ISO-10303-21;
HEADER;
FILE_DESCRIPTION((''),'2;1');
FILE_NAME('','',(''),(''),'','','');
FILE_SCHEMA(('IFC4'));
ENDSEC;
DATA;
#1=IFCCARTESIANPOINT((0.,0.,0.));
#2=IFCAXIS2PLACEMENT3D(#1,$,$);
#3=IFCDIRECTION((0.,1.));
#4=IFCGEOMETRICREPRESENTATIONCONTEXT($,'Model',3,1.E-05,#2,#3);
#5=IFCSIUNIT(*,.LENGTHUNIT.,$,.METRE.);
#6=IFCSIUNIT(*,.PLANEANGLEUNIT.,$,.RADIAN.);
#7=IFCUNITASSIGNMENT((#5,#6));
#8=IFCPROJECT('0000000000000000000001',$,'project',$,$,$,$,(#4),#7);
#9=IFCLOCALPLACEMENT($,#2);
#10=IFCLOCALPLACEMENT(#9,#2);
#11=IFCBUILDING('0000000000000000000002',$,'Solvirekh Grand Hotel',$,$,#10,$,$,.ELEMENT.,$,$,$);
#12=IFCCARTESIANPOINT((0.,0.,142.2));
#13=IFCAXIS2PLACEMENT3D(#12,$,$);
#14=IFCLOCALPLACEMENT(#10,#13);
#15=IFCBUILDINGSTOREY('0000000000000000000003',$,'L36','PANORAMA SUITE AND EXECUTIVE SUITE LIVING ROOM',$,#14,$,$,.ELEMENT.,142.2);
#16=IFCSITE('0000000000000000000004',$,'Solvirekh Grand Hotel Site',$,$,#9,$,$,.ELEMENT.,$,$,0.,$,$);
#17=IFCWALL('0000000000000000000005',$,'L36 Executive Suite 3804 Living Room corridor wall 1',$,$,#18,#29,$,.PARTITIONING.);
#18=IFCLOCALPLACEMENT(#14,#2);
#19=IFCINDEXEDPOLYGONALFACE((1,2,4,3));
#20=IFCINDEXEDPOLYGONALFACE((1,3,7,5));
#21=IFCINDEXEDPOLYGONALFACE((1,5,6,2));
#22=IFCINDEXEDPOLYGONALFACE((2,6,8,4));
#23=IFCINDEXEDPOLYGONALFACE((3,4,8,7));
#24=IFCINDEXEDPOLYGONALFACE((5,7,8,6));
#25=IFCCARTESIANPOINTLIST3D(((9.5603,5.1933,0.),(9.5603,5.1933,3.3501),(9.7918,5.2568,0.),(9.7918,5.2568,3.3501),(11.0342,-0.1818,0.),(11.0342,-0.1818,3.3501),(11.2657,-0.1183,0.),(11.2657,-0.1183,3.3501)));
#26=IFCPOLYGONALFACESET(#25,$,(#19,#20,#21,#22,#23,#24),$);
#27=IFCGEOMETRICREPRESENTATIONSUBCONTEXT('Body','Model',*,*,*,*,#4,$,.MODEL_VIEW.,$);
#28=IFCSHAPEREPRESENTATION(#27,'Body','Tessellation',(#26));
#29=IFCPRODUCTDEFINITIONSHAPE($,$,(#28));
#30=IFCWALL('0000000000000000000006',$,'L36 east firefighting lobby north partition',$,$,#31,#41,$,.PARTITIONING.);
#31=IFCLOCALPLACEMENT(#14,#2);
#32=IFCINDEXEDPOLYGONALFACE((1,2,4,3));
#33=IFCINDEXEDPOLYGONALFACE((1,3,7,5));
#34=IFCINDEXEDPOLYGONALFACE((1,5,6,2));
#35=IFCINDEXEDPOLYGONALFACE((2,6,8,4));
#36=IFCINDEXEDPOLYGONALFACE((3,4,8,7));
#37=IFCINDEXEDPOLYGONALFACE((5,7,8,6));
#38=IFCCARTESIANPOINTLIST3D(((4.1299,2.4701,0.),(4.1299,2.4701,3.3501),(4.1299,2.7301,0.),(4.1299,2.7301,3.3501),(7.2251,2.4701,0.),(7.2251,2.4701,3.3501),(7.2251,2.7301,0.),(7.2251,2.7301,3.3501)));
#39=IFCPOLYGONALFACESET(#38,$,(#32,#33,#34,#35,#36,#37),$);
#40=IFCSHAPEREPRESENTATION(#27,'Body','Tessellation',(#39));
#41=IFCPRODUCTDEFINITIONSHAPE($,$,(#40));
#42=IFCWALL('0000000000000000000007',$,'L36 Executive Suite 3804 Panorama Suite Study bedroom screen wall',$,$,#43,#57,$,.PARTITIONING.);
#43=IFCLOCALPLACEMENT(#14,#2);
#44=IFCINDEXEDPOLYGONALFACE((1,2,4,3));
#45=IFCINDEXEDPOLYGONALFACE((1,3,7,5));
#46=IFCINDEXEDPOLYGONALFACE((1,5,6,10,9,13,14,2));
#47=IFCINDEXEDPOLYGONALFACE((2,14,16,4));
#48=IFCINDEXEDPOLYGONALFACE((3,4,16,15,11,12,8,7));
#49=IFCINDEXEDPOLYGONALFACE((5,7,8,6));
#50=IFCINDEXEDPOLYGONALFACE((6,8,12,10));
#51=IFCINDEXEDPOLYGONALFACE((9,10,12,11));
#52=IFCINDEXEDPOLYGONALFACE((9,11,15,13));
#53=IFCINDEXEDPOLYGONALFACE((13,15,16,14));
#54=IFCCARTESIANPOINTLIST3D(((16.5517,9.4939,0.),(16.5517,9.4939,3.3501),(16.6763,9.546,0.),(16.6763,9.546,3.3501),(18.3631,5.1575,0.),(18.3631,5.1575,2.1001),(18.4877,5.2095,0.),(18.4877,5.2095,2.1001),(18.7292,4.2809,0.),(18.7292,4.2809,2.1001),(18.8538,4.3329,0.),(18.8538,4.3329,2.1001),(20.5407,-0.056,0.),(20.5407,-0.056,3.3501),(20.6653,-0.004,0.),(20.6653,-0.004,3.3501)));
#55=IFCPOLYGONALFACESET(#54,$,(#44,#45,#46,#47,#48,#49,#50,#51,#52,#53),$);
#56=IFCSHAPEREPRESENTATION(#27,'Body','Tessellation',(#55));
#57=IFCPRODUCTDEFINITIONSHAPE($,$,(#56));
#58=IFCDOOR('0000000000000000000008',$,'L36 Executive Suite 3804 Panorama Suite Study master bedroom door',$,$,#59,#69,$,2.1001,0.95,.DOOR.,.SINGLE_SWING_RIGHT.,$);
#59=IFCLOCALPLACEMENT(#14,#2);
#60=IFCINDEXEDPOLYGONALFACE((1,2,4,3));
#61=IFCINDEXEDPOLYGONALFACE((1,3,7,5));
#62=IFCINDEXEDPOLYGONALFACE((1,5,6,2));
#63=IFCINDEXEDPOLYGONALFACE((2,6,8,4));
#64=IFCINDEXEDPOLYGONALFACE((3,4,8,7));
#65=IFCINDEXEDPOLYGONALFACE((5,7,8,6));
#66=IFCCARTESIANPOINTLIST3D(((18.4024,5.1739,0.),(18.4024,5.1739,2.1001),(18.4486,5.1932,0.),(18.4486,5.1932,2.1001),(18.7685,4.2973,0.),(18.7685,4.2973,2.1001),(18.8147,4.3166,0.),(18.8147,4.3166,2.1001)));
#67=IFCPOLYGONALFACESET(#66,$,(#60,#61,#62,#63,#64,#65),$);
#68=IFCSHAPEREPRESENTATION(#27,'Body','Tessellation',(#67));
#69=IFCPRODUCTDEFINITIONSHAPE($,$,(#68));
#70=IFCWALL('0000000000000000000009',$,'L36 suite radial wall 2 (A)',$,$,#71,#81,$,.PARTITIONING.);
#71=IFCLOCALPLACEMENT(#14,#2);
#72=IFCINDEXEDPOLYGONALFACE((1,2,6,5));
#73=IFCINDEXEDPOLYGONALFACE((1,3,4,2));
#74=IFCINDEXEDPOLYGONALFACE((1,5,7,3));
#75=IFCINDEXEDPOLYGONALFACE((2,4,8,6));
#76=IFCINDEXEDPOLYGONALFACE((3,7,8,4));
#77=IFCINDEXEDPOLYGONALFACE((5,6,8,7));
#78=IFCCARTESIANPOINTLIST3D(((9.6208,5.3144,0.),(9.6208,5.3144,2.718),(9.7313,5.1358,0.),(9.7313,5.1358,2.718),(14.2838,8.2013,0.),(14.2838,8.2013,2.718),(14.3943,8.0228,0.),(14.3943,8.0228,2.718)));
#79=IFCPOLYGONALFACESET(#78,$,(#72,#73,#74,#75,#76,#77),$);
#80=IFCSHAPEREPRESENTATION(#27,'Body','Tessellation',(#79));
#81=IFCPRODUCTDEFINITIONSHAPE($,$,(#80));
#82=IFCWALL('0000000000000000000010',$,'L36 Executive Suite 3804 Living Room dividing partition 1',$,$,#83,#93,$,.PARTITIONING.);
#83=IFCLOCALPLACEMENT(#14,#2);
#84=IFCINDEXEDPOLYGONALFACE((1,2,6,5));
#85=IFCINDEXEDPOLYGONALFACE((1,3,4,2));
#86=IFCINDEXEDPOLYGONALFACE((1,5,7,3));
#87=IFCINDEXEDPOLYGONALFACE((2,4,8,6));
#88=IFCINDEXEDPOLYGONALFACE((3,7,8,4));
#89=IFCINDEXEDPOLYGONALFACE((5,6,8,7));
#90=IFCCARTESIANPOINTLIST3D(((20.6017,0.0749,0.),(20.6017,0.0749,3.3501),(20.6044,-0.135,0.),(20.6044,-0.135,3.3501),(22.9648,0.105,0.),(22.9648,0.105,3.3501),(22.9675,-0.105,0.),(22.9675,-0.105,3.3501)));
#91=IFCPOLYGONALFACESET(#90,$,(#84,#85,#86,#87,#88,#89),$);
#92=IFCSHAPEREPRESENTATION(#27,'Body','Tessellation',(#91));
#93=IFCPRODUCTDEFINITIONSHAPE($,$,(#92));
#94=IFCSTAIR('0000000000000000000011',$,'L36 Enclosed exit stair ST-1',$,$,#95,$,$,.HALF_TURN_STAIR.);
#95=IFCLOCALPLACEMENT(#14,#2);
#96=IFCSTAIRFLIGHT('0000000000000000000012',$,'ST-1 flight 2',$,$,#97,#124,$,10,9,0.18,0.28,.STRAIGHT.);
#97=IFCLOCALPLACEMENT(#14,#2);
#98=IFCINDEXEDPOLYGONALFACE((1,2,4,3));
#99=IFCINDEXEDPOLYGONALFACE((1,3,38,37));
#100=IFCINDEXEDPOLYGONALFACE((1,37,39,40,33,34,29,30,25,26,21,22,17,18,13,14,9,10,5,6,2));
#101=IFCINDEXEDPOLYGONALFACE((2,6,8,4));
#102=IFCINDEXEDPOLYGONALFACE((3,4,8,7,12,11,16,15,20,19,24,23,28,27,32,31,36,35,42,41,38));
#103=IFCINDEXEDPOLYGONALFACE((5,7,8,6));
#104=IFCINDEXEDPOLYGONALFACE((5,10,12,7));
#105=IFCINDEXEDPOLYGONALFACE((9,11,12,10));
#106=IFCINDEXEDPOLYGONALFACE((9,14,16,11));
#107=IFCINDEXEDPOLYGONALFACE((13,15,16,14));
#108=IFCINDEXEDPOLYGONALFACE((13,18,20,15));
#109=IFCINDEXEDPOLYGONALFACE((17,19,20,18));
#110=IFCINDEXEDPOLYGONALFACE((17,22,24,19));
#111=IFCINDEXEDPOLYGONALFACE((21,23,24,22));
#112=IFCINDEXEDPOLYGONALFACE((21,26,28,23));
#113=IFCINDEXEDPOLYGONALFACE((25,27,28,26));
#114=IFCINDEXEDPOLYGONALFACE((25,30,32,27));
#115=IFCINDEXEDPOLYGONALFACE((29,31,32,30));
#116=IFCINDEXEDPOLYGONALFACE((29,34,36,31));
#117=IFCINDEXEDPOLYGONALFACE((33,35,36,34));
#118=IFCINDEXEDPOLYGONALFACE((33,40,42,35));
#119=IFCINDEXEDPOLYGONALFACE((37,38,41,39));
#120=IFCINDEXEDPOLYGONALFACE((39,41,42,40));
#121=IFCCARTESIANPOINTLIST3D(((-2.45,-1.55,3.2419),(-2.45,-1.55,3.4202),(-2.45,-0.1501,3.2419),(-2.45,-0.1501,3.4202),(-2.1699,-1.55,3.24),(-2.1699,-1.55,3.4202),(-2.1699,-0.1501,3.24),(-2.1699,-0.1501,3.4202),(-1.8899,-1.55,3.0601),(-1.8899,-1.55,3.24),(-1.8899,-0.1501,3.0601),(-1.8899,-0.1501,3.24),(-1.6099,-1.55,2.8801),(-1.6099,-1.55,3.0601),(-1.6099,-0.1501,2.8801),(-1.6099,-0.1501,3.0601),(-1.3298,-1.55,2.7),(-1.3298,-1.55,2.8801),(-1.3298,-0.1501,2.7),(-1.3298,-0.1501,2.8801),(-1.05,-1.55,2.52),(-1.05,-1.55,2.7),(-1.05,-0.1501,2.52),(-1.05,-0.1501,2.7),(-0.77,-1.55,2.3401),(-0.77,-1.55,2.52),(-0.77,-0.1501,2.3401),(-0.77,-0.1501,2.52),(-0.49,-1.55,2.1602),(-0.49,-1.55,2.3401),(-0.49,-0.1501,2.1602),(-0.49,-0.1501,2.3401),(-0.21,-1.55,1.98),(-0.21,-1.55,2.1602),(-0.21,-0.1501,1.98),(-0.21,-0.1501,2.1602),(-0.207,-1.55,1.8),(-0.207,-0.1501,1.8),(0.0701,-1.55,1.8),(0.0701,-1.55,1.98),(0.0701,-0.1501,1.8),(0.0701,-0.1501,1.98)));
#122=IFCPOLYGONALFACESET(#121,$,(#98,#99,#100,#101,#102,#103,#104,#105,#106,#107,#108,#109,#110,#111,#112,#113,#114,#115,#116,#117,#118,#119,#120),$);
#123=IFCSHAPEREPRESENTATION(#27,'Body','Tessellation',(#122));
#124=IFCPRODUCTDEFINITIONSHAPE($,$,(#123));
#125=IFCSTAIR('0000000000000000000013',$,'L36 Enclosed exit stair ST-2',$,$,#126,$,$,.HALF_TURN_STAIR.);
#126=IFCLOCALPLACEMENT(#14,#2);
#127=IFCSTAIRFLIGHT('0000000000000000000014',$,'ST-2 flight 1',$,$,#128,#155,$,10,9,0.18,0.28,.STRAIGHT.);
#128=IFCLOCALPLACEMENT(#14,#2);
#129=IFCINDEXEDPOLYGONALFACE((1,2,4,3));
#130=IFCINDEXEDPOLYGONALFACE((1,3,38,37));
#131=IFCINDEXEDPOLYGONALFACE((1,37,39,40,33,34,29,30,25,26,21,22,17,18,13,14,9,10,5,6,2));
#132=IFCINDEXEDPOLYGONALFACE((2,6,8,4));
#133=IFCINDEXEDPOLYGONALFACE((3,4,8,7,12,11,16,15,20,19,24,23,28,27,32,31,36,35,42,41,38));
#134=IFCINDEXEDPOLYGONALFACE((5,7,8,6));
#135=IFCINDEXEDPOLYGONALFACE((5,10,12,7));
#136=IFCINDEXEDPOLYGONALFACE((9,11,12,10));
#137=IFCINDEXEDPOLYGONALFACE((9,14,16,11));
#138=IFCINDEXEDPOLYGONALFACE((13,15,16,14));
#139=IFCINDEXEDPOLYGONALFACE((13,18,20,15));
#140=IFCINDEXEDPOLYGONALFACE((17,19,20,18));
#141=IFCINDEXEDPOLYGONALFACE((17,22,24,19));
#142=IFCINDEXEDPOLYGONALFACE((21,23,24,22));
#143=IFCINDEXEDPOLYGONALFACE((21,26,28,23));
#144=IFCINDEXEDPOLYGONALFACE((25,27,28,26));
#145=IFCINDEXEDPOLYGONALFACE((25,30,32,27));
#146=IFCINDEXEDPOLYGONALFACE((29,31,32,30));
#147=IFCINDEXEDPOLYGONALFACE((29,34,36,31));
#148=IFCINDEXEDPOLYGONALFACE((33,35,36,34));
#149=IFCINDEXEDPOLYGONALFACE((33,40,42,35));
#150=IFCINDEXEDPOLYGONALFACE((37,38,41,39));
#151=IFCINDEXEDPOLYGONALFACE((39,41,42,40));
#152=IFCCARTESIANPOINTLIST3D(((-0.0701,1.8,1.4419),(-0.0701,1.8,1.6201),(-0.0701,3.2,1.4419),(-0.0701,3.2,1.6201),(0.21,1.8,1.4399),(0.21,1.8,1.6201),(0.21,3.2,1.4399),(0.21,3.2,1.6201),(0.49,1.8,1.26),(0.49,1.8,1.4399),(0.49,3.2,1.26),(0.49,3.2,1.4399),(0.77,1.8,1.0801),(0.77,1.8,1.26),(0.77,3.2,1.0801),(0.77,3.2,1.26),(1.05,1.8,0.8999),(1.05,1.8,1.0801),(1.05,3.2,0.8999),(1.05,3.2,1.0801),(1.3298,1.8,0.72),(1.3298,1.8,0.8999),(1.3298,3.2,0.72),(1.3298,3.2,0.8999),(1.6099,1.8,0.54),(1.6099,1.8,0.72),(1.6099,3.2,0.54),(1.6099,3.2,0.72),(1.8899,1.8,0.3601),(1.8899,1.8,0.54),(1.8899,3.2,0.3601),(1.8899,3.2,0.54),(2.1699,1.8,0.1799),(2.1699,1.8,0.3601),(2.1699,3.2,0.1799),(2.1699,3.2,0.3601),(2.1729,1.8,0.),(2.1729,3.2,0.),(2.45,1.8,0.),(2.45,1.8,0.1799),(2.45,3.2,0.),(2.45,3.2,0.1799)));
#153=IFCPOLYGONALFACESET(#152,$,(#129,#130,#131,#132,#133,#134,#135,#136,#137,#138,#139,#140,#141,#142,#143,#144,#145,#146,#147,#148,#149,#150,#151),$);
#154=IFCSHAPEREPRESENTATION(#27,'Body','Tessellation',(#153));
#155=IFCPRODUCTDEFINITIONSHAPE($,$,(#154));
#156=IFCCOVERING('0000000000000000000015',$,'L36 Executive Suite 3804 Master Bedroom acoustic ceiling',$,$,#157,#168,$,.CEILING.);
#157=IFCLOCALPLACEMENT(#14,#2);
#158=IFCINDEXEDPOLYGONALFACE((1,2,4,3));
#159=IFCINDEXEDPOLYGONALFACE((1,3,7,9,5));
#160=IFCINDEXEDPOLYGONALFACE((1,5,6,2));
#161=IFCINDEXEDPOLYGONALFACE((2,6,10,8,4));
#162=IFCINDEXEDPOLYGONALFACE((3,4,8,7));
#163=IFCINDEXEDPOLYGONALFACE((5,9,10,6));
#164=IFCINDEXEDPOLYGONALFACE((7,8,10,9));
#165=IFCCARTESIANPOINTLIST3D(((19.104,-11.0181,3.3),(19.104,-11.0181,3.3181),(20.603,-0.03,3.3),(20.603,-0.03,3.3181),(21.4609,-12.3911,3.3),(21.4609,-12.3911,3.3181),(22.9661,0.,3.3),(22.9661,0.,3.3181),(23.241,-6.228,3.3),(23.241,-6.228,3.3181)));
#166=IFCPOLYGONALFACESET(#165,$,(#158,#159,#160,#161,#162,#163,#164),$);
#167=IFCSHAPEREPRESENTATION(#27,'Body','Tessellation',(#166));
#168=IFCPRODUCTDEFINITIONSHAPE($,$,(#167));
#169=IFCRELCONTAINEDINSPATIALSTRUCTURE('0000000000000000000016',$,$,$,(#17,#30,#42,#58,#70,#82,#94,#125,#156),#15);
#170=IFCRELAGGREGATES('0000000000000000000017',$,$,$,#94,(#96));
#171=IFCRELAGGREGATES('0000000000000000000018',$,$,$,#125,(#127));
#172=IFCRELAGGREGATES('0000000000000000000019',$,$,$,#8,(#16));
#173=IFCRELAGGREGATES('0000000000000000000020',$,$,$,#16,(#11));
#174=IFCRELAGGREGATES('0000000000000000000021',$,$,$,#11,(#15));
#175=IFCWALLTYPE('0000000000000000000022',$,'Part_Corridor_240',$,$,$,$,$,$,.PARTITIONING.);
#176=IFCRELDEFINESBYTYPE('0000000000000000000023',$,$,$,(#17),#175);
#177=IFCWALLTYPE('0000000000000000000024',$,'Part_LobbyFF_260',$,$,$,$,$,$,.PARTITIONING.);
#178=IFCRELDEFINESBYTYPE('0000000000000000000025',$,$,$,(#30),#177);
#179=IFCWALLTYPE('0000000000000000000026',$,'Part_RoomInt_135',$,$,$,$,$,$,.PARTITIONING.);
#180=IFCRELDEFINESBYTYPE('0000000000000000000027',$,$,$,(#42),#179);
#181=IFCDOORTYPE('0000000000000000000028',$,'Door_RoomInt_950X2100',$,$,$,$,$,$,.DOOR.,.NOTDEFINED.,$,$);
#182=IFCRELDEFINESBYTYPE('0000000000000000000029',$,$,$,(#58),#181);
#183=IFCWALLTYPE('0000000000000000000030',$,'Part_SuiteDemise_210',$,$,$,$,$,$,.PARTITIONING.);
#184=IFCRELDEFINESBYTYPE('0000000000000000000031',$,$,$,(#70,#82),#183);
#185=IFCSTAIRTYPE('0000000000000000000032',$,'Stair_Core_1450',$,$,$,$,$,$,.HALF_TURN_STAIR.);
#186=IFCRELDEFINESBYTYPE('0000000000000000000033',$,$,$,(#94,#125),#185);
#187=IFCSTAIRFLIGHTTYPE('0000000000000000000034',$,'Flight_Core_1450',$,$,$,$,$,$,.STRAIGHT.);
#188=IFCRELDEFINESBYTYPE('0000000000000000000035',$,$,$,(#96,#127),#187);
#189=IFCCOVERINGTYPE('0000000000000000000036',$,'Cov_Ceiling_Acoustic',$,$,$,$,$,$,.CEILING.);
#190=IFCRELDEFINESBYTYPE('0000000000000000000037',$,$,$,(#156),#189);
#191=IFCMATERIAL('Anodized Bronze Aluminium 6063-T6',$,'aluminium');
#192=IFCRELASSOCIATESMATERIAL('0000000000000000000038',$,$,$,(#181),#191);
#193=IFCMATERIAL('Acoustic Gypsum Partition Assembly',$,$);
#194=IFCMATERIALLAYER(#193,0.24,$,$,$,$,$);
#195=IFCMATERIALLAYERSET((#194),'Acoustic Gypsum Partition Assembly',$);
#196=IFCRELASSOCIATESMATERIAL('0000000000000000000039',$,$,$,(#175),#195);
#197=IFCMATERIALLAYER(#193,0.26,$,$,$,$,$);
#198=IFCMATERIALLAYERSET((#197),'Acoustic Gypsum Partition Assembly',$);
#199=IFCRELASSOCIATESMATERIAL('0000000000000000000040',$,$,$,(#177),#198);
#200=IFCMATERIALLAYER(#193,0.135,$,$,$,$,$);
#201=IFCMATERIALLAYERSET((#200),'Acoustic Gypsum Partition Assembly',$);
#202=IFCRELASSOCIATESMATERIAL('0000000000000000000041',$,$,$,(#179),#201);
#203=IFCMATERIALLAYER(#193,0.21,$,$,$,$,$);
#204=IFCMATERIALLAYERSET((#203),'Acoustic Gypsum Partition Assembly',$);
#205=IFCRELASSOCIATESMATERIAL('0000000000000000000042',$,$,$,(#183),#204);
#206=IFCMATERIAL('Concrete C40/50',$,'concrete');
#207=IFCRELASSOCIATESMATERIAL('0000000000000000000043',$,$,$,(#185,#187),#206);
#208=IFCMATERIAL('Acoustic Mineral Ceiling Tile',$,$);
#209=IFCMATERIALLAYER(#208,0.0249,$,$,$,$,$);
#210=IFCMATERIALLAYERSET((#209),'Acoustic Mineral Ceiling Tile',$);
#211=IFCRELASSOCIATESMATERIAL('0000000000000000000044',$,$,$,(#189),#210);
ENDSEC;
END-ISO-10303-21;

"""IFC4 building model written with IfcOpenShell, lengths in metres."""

from ifc_helpers import new_model, si_unit, direction, frame, frame_2d, origin, place, context, subcontext, project, spatial, polyline, rectangle, outline, extrude, material, layer, layer_set, type_object, element, fill, aggregate, save


model = new_model("IFC4")

# Units and contexts
model_context = context("Model", 3, precision=1e-05, world=origin(), true_north=direction((0.0, 1.0)))
body_context = subcontext(model_context, "Body", "Model", "MODEL_VIEW")
ifc_project = project(units=[si_unit("LENGTHUNIT", "METRE"), si_unit("PLANEANGLEUNIT", "RADIAN")], contexts=[model_context])

# Site, building, storey
site_placement = place(None, origin())
site = spatial("IfcSite", under=ifc_project, at=site_placement, Name="Solvirekh Grand Hotel Site", CompositionType="ELEMENT", RefElevation=0.0)
building_placement = place(site_placement, origin())
building = spatial("IfcBuilding", under=site, at=building_placement, Name="Solvirekh Grand Hotel", CompositionType="ELEMENT")
storey_placement = place(building_placement, frame((0.0, 0.0, 142.2)))
storey = spatial("IfcBuildingStorey", under=building, at=storey_placement, Name="L36", Description="PANORAMA SUITE AND EXECUTIVE SUITE LIVING ROOM", CompositionType="ELEMENT", Elevation=142.2)

# Shared definitions
ifc_material_1 = material(Name="Anodized Bronze Aluminium 6063-T6", Category="aluminium")

# Shared definitions
ifc_material_2 = material(Name="Concrete C40/50", Category="concrete")

# Shared definitions
ifc_material_3 = material(Name="Acoustic Gypsum Partition Assembly")
door_type = type_object("IfcDoorType", Name="Door_RoomInt_950X2100", OperationType="NOTDEFINED", PredefinedType="DOOR", material=ifc_material_1)

# Walls
ifc_layer_1 = layer(ifc_material_3, 0.24)
ifc_layer_set_1 = layer_set([ifc_layer_1], Name="Acoustic Gypsum Partition Assembly")
wall_type_1 = type_object("IfcWallType", Name="Part_Corridor_240", PredefinedType="PARTITIONING", material=ifc_layer_set_1)
wall_1_placement = place(storey_placement, frame((11.1499, -0.1499, 0.0), z_axis=(0.0, 0.0, 1.0), x_axis=(-0.264448, 0.9644, 0.0)))
element("IfcWall", 1, at=wall_1_placement, inside=storey, type_object=wall_type_1, Name="L36 Executive Suite 3804 Living Room corridor wall 1", PredefinedType="PARTITIONING", context=body_context, shape_type="SweptSolid", body=[
    extrude(rectangle(XDim=5.5735, YDim=0.24, at=frame_2d((2.7866, 0.0))), origin(), (0.0, 0.0, 1.0), 3.3501),
])
ifc_layer_2 = layer(ifc_material_3, 0.26)
ifc_layer_set_2 = layer_set([ifc_layer_2], Name="Acoustic Gypsum Partition Assembly")
wall_type_2 = type_object("IfcWallType", Name="Part_LobbyFF_260", PredefinedType="PARTITIONING", material=ifc_layer_set_2)
wall_2_placement = place(storey_placement, frame((4.1299, 2.6001, 0.0), z_axis=(0.0, 0.0, 1.0), x_axis=(1.0, 0.0, 0.0)))
element("IfcWall", 2, at=wall_2_placement, inside=storey, type_object=wall_type_2, Name="L36 east firefighting lobby north partition", PredefinedType="PARTITIONING", context=body_context, shape_type="SweptSolid", body=[
    extrude(rectangle(XDim=3.0952, YDim=0.26, at=frame_2d((1.5476, 0.0))), origin(), (0.0, 0.0, 1.0), 3.3501),
])

# Wall, opening, door
ifc_layer_3 = layer(ifc_material_3, 0.135)
ifc_layer_set_3 = layer_set([ifc_layer_3], Name="Acoustic Gypsum Partition Assembly")
wall_type_3 = type_object("IfcWallType", Name="Part_RoomInt_135", PredefinedType="PARTITIONING", material=ifc_layer_set_3)
wall_3_placement = place(storey_placement, frame((20.603, -0.03, 0.0), z_axis=(0.0, 0.0, 1.0), x_axis=(-0.385424, 0.922739, 0.0)))
wall_3 = element("IfcWall", 3, at=wall_3_placement, inside=storey, type_object=wall_type_3, Name="L36 Executive Suite 3804 Panorama Suite Study bedroom screen wall", PredefinedType="PARTITIONING", context=body_context, shape_type="SweptSolid", body=[
    extrude(rectangle(XDim=10.3496, YDim=0.135, at=frame_2d((5.1748, 0.0))), origin(), (0.0, 0.0, 1.0), 3.3501),
])
opening_1_placement = place(wall_3_placement, frame((4.7, 0.0, 0.0)))
opening_1 = element("IfcOpeningElement", 4, at=opening_1_placement, cuts=wall_3, PredefinedType="OPENING", context=body_context, shape_type="SweptSolid", body=[
    extrude(rectangle(XDim=0.95, YDim=2.1001, at=frame_2d((0.4751, 1.05))), frame((0.0, 0.0776, 0.0), z_axis=(0.0, -1.0, 0.0), x_axis=(1.0, 0.0, 0.0)), (0.0, 0.0, 1.0), 0.155),
])
door_1_placement = place(opening_1_placement, origin())
door_1 = element("IfcDoor", 5, at=door_1_placement, inside=storey, type_object=door_type, Name="L36 Executive Suite 3804 Panorama Suite Study master bedroom door", OperationType="SINGLE_SWING_RIGHT", OverallHeight=2.1001, OverallWidth=0.95, PredefinedType="DOOR", context=body_context, shape_type="SweptSolid", body=[
    extrude(rectangle(XDim=0.95, YDim=2.1001, at=frame_2d((0.4751, 1.05))), frame((0.0, 0.0249, 0.0), z_axis=(0.0, -1.0, 0.0), x_axis=(1.0, 0.0, 0.0)), (0.0, 0.0, 1.0), 0.05),
])
fill(opening_1, door_1)

# Walls
ifc_layer_4 = layer(ifc_material_3, 0.21)
ifc_layer_set_4 = layer_set([ifc_layer_4], Name="Acoustic Gypsum Partition Assembly")
wall_type_4 = type_object("IfcWallType", Name="Part_SuiteDemise_210", PredefinedType="PARTITIONING", material=ifc_layer_set_4)
wall_4_placement = place(storey_placement, frame((9.676, 5.2251, 0.0), z_axis=(0.0, 0.0, 1.0), x_axis=(0.850241, 0.526393, 0.0)))
element("IfcWall", 6, at=wall_4_placement, inside=storey, type_object=wall_type_4, Name="L36 suite radial wall 2 (A)", PredefinedType="PARTITIONING", context=body_context, shape_type="SweptSolid", body=[
    extrude(rectangle(XDim=5.4844, YDim=0.21, at=frame_2d((2.7422, 0.0))), origin(), (0.0, 0.0, 1.0), 2.718),
])
wall_5_placement = place(storey_placement, frame((20.603, -0.03, 0.0), z_axis=(0.0, 0.0, 1.0), x_axis=(0.999919, 0.012707, 0.0)))
element("IfcWall", 7, at=wall_5_placement, inside=storey, type_object=wall_type_4, Name="L36 Executive Suite 3804 Living Room dividing partition 1", PredefinedType="PARTITIONING", context=body_context, shape_type="SweptSolid", body=[
    extrude(rectangle(XDim=2.3633, YDim=0.21, at=frame_2d((1.1816, 0.0))), origin(), (0.0, 0.0, 1.0), 3.3501),
])

# Stairs, stair flights
stair_type = type_object("IfcStairType", Name="Stair_Core_1450", PredefinedType="HALF_TURN_STAIR", material=ifc_material_2)
stair_1_placement = place(storey_placement, origin())
stair_1 = element("IfcStair", 8, at=stair_1_placement, inside=storey, type_object=stair_type, Name="L36 Enclosed exit stair ST-1", PredefinedType="HALF_TURN_STAIR")
stair_flight_type = type_object("IfcStairFlightType", Name="Flight_Core_1450", PredefinedType="STRAIGHT", material=ifc_material_2)
stair_flight_1_placement = place(storey_placement, frame((0.0701, -0.8501, 1.8), z_axis=(0.0, 0.0, 1.0), x_axis=(-1.0, 0.0, 0.0)))
stair_flight_1 = element("IfcStairFlight", 9, at=stair_flight_1_placement, type_object=stair_flight_type, Name="ST-1 flight 2", NumberOfRisers=10, NumberOfTreads=9, PredefinedType="STRAIGHT", RiserHeight=0.18, TreadLength=0.28, context=body_context, shape_type="SweptSolid", body=[
    extrude(outline(polyline([(0.0, 0.0), (0.0, 0.1799), (0.28, 0.1799), (0.28, 0.3601), (0.5601, 0.3601), (0.5601, 0.54), (0.8401, 0.54), (0.8401, 0.72), (1.1201, 0.72), (1.1201, 0.8999), (1.3999, 0.8999), (1.3999, 1.0801), (1.6799, 1.0801), (1.6799, 1.26), (1.96, 1.26), (1.96, 1.4399), (2.24, 1.4399), (2.24, 1.6201), (2.52, 1.6201), (2.52, 1.8), (2.52, 1.4419), (0.2771, 0.0), (0.0, 0.0)])), frame((0.0, 0.7, 0.0), z_axis=(0.0, -1.0, 0.0), x_axis=(1.0, 0.0, 0.0)), (0.0, 0.0, 1.0), 1.3999),
])
aggregate(stair_1, [stair_flight_1])
stair_2_placement = place(storey_placement, origin())
stair_2 = element("IfcStair", 10, at=stair_2_placement, inside=storey, type_object=stair_type, Name="L36 Enclosed exit stair ST-2", PredefinedType="HALF_TURN_STAIR")
stair_flight_2_placement = place(storey_placement, frame((2.45, 2.5, 0.0), z_axis=(0.0, 0.0, 1.0), x_axis=(-1.0, 0.0, 0.0)))
stair_flight_2 = element("IfcStairFlight", 11, at=stair_flight_2_placement, type_object=stair_flight_type, Name="ST-2 flight 1", NumberOfRisers=10, NumberOfTreads=9, PredefinedType="STRAIGHT", RiserHeight=0.18, TreadLength=0.28, context=body_context, shape_type="SweptSolid", body=[
    extrude(outline(polyline([(0.0, 0.0), (0.0, 0.1799), (0.28, 0.1799), (0.28, 0.3601), (0.5601, 0.3601), (0.5601, 0.54), (0.8401, 0.54), (0.8401, 0.72), (1.1201, 0.72), (1.1201, 0.8999), (1.3999, 0.8999), (1.3999, 1.0801), (1.6799, 1.0801), (1.6799, 1.26), (1.96, 1.26), (1.96, 1.4399), (2.24, 1.4399), (2.24, 1.6201), (2.52, 1.6201), (2.52, 1.8), (2.52, 1.4419), (0.2771, 0.0), (0.0, 0.0)])), frame((0.0, 0.7, 0.0), z_axis=(0.0, -1.0, 0.0), x_axis=(1.0, 0.0, 0.0)), (0.0, 0.0, 1.0), 1.3999),
])
aggregate(stair_2, [stair_flight_2])

# Covering
ifc_material_4 = material(Name="Acoustic Mineral Ceiling Tile")
ifc_layer_5 = layer(ifc_material_4, 0.0249)
ifc_layer_set_5 = layer_set([ifc_layer_5], Name="Acoustic Mineral Ceiling Tile")
covering_type = type_object("IfcCoveringType", Name="Cov_Ceiling_Acoustic", PredefinedType="CEILING", material=ifc_layer_set_5)
covering_placement = place(storey_placement, frame((0.0, 0.0, 3.3)))
element("IfcCovering", 12, at=covering_placement, inside=storey, type_object=covering_type, Name="L36 Executive Suite 3804 Master Bedroom acoustic ceiling", PredefinedType="CEILING", context=body_context, shape_type="SweptSolid", body=[
    extrude(outline(polyline([(21.4609, -12.3911), (23.241, -6.228), (22.9661, 0.0), (20.603, -0.03), (19.104, -11.0181), (21.4609, -12.3911)])), origin(), (0.0, 0.0, 1.0), 0.0181),
])

save(model, "model.ifc")
